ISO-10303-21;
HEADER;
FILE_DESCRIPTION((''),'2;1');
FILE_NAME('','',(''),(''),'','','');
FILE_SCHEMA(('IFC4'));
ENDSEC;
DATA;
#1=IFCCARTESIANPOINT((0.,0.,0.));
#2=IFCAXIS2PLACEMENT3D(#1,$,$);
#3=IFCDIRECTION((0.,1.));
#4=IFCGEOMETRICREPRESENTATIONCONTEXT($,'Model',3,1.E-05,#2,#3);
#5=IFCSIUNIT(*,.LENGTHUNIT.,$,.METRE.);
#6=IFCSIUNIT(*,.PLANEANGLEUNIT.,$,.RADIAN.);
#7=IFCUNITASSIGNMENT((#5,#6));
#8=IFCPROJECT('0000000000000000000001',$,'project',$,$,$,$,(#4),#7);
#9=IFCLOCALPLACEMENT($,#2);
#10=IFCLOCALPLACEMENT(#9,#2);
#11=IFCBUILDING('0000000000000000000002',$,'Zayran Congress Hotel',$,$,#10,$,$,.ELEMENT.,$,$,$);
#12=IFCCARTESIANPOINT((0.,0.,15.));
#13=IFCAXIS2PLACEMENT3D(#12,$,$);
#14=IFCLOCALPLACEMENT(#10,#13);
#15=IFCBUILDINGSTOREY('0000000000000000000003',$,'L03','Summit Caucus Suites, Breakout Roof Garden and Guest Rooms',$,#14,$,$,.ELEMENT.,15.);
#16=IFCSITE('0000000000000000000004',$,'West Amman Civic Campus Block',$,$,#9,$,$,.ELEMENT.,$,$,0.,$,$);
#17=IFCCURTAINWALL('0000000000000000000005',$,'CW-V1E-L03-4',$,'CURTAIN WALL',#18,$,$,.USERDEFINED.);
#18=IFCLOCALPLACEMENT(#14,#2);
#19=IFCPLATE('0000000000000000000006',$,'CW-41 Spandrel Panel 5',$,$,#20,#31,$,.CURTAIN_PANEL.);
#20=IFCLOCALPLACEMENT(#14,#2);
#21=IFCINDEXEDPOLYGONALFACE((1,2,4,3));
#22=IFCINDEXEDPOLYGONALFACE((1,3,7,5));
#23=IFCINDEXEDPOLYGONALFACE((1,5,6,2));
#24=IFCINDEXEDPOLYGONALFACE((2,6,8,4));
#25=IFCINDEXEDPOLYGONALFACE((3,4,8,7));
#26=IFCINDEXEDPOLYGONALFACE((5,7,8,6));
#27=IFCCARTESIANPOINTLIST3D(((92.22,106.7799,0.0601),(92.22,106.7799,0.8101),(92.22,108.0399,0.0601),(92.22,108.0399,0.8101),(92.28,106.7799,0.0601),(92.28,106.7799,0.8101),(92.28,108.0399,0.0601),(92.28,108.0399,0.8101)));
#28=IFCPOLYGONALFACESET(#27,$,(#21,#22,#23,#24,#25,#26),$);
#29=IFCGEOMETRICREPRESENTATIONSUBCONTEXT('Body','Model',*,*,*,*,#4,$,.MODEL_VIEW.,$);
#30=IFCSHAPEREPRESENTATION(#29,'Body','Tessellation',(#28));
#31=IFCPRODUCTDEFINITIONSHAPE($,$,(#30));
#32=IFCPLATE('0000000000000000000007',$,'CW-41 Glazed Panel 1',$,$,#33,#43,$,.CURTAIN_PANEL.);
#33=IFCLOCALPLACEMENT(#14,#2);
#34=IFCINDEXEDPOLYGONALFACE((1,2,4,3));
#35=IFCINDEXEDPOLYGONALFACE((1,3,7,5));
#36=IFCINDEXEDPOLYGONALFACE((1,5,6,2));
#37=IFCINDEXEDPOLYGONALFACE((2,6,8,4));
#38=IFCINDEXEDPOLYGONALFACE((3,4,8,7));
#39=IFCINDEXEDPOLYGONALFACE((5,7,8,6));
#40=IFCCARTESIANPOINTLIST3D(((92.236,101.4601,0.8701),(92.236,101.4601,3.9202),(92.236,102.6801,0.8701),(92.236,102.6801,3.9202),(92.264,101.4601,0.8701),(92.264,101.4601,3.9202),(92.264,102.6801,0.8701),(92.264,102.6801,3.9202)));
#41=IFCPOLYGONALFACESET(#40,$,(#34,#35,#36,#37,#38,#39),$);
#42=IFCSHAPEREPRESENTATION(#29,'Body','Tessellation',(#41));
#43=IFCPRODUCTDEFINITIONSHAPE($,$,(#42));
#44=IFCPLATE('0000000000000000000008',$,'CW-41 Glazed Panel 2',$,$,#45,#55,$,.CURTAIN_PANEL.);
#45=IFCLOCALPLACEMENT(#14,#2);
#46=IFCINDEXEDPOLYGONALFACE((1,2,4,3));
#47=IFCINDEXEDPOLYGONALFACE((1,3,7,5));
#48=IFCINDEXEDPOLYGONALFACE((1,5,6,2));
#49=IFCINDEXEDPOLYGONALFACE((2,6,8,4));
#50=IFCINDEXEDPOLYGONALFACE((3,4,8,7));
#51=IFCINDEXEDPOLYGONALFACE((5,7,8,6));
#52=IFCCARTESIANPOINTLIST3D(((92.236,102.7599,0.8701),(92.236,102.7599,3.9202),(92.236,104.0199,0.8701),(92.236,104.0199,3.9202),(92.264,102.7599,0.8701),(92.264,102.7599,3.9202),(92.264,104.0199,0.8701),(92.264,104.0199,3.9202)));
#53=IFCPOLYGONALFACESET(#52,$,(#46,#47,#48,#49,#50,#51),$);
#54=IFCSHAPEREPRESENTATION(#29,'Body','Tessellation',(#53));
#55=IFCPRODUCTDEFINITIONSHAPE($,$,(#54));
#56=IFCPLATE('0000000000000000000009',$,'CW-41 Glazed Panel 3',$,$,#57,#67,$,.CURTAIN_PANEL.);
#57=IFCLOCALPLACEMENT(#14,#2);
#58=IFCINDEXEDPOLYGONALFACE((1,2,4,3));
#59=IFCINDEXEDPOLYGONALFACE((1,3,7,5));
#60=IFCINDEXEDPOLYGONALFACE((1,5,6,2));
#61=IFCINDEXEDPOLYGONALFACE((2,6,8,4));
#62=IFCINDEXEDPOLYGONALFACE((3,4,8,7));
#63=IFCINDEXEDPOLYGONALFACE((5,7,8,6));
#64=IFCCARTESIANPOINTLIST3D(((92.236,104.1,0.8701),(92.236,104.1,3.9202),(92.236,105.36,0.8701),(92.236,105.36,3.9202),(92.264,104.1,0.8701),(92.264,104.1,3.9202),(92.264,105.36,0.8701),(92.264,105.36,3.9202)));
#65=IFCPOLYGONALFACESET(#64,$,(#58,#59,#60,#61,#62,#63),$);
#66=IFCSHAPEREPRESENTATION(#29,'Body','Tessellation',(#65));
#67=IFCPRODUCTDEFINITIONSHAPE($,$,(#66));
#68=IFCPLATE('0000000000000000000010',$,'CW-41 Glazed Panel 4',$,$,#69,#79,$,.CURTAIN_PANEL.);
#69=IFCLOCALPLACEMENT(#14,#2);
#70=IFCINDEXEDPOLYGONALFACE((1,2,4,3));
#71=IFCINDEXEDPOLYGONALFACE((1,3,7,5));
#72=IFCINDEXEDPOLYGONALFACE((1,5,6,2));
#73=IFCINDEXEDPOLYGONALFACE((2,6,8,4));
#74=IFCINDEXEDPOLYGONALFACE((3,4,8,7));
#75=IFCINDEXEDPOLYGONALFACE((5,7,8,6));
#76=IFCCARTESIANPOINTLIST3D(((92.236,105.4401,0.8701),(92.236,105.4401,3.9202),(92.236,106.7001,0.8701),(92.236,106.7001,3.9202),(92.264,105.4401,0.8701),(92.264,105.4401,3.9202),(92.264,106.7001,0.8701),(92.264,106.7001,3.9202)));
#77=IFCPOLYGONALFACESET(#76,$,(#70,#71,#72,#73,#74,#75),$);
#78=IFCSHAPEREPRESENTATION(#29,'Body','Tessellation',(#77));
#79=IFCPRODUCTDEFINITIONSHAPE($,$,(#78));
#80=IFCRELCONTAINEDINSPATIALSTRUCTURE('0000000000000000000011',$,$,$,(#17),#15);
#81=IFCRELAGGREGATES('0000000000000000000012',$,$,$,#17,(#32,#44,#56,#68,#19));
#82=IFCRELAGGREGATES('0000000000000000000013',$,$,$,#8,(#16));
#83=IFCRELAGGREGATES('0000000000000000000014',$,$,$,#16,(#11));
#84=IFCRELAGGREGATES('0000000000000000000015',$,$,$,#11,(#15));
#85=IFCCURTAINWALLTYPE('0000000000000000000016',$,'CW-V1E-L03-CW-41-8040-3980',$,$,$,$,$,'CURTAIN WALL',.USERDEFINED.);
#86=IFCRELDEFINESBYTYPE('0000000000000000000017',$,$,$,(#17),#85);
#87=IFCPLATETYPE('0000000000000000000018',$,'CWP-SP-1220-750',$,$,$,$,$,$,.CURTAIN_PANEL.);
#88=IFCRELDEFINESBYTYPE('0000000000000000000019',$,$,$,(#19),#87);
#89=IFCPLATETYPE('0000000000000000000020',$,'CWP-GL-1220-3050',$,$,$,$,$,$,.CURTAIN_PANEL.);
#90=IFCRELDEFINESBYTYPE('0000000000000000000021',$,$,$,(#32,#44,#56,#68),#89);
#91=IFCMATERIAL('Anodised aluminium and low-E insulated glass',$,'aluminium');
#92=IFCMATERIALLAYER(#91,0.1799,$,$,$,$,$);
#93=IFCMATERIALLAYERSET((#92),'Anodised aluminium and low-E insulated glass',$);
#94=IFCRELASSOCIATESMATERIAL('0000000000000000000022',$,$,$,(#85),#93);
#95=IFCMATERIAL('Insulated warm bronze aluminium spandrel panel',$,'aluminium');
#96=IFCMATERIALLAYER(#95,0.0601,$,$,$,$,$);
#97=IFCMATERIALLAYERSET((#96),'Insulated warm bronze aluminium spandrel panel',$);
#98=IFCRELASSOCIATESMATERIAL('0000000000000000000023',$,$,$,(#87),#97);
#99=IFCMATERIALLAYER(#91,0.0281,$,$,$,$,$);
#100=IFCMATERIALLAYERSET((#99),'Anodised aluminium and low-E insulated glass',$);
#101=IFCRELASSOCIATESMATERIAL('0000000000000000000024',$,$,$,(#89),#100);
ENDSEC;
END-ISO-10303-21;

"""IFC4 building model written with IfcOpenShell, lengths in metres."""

from ifc_helpers import new_model, si_unit, direction, frame, origin, origin_2d, place, context, subcontext, project, spatial, rectangle, extrude, material, layer, layer_set, type_object, element, aggregate, save


model = new_model("IFC4")

# Units and contexts
model_context = context("Model", 3, precision=1e-05, world=origin(), true_north=direction((0.0, 1.0)))
body_context = subcontext(model_context, "Body", "Model", "MODEL_VIEW")
ifc_project = project(units=[si_unit("LENGTHUNIT", "METRE"), si_unit("PLANEANGLEUNIT", "RADIAN")], contexts=[model_context])

# Site, building, storey
site_placement = place(None, origin())
site = spatial("IfcSite", under=ifc_project, at=site_placement, Name="West Amman Civic Campus Block", CompositionType="ELEMENT", RefElevation=0.0)
building_placement = place(site_placement, origin())
building = spatial("IfcBuilding", under=site, at=building_placement, Name="Zayran Congress Hotel", CompositionType="ELEMENT")
storey_placement = place(building_placement, frame((0.0, 0.0, 15.0)))
storey = spatial("IfcBuildingStorey", under=building, at=storey_placement, Name="L03", Description="Summit Caucus Suites, Breakout Roof Garden and Guest Rooms", CompositionType="ELEMENT", Elevation=15.0)

# Curtain wall, plates
ifc_material_1 = material(Name="Anodised aluminium and low-E insulated glass", Category="aluminium")
ifc_layer_1 = layer(ifc_material_1, 0.1799)
ifc_layer_set_1 = layer_set([ifc_layer_1], Name="Anodised aluminium and low-E insulated glass")
curtain_wall_type = type_object("IfcCurtainWallType", Name="CW-V1E-L03-CW-41-8040-3980", ElementType="CURTAIN WALL", PredefinedType="USERDEFINED", material=ifc_layer_set_1)
curtain_wall_placement = place(storey_placement, origin())
curtain_wall = element("IfcCurtainWall", 1, at=curtain_wall_placement, inside=storey, type_object=curtain_wall_type, Name="CW-V1E-L03-4", ObjectType="CURTAIN WALL", PredefinedType="USERDEFINED")
ifc_material_2 = material(Name="Insulated warm bronze aluminium spandrel panel", Category="aluminium")
ifc_layer_2 = layer(ifc_material_2, 0.0601)
ifc_layer_set_2 = layer_set([ifc_layer_2], Name="Insulated warm bronze aluminium spandrel panel")
plate_type_1 = type_object("IfcPlateType", Name="CWP-SP-1220-750", PredefinedType="CURTAIN_PANEL", material=ifc_layer_set_2)
plate_1_placement = place(storey_placement, frame((92.25, 107.4099, 0.0601), z_axis=(0.0, 0.0, 1.0), x_axis=(0.0, 1.0, 0.0)))
plate_1 = element("IfcPlate", 2, at=plate_1_placement, type_object=plate_type_1, Name="CW-41 Spandrel Panel 5", PredefinedType="CURTAIN_PANEL", context=body_context, shape_type="SweptSolid", body=[
    extrude(rectangle(XDim=1.26, YDim=0.0601, at=origin_2d()), origin(), (0.0, 0.0, 1.0), 0.75),
])
ifc_layer_3 = layer(ifc_material_1, 0.0281)
ifc_layer_set_3 = layer_set([ifc_layer_3], Name="Anodised aluminium and low-E insulated glass")
plate_type_2 = type_object("IfcPlateType", Name="CWP-GL-1220-3050", PredefinedType="CURTAIN_PANEL", material=ifc_layer_set_3)
plate_2_placement = place(storey_placement, frame((92.25, 102.0701, 0.8701), z_axis=(0.0, 0.0, 1.0), x_axis=(0.0, 1.0, 0.0)))
plate_2 = element("IfcPlate", 3, at=plate_2_placement, type_object=plate_type_2, Name="CW-41 Glazed Panel 1", PredefinedType="CURTAIN_PANEL", context=body_context, shape_type="SweptSolid", body=[
    extrude(rectangle(XDim=1.22, YDim=0.0281, at=origin_2d()), origin(), (0.0, 0.0, 1.0), 3.05),
])
plate_3_placement = place(storey_placement, frame((92.25, 103.3899, 0.8701), z_axis=(0.0, 0.0, 1.0), x_axis=(0.0, 1.0, 0.0)))
plate_3 = element("IfcPlate", 4, at=plate_3_placement, type_object=plate_type_2, Name="CW-41 Glazed Panel 2", PredefinedType="CURTAIN_PANEL", context=body_context, shape_type="SweptSolid", body=[
    extrude(rectangle(XDim=1.26, YDim=0.0281, at=origin_2d()), origin(), (0.0, 0.0, 1.0), 3.05),
])
plate_4_placement = place(storey_placement, frame((92.25, 104.73, 0.8701), z_axis=(0.0, 0.0, 1.0), x_axis=(0.0, 1.0, 0.0)))
plate_4 = element("IfcPlate", 5, at=plate_4_placement, type_object=plate_type_2, Name="CW-41 Glazed Panel 3", PredefinedType="CURTAIN_PANEL", context=body_context, shape_type="SweptSolid", body=[
    extrude(rectangle(XDim=1.26, YDim=0.0281, at=origin_2d()), origin(), (0.0, 0.0, 1.0), 3.05),
])
plate_5_placement = place(storey_placement, frame((92.25, 106.0701, 0.8701), z_axis=(0.0, 0.0, 1.0), x_axis=(0.0, 1.0, 0.0)))
plate_5 = element("IfcPlate", 6, at=plate_5_placement, type_object=plate_type_2, Name="CW-41 Glazed Panel 4", PredefinedType="CURTAIN_PANEL", context=body_context, shape_type="SweptSolid", body=[
    extrude(rectangle(XDim=1.26, YDim=0.0281, at=origin_2d()), origin(), (0.0, 0.0, 1.0), 3.05),
])
aggregate(curtain_wall, [plate_2, plate_3, plate_4, plate_5, plate_1])

save(model, "model.ifc")
